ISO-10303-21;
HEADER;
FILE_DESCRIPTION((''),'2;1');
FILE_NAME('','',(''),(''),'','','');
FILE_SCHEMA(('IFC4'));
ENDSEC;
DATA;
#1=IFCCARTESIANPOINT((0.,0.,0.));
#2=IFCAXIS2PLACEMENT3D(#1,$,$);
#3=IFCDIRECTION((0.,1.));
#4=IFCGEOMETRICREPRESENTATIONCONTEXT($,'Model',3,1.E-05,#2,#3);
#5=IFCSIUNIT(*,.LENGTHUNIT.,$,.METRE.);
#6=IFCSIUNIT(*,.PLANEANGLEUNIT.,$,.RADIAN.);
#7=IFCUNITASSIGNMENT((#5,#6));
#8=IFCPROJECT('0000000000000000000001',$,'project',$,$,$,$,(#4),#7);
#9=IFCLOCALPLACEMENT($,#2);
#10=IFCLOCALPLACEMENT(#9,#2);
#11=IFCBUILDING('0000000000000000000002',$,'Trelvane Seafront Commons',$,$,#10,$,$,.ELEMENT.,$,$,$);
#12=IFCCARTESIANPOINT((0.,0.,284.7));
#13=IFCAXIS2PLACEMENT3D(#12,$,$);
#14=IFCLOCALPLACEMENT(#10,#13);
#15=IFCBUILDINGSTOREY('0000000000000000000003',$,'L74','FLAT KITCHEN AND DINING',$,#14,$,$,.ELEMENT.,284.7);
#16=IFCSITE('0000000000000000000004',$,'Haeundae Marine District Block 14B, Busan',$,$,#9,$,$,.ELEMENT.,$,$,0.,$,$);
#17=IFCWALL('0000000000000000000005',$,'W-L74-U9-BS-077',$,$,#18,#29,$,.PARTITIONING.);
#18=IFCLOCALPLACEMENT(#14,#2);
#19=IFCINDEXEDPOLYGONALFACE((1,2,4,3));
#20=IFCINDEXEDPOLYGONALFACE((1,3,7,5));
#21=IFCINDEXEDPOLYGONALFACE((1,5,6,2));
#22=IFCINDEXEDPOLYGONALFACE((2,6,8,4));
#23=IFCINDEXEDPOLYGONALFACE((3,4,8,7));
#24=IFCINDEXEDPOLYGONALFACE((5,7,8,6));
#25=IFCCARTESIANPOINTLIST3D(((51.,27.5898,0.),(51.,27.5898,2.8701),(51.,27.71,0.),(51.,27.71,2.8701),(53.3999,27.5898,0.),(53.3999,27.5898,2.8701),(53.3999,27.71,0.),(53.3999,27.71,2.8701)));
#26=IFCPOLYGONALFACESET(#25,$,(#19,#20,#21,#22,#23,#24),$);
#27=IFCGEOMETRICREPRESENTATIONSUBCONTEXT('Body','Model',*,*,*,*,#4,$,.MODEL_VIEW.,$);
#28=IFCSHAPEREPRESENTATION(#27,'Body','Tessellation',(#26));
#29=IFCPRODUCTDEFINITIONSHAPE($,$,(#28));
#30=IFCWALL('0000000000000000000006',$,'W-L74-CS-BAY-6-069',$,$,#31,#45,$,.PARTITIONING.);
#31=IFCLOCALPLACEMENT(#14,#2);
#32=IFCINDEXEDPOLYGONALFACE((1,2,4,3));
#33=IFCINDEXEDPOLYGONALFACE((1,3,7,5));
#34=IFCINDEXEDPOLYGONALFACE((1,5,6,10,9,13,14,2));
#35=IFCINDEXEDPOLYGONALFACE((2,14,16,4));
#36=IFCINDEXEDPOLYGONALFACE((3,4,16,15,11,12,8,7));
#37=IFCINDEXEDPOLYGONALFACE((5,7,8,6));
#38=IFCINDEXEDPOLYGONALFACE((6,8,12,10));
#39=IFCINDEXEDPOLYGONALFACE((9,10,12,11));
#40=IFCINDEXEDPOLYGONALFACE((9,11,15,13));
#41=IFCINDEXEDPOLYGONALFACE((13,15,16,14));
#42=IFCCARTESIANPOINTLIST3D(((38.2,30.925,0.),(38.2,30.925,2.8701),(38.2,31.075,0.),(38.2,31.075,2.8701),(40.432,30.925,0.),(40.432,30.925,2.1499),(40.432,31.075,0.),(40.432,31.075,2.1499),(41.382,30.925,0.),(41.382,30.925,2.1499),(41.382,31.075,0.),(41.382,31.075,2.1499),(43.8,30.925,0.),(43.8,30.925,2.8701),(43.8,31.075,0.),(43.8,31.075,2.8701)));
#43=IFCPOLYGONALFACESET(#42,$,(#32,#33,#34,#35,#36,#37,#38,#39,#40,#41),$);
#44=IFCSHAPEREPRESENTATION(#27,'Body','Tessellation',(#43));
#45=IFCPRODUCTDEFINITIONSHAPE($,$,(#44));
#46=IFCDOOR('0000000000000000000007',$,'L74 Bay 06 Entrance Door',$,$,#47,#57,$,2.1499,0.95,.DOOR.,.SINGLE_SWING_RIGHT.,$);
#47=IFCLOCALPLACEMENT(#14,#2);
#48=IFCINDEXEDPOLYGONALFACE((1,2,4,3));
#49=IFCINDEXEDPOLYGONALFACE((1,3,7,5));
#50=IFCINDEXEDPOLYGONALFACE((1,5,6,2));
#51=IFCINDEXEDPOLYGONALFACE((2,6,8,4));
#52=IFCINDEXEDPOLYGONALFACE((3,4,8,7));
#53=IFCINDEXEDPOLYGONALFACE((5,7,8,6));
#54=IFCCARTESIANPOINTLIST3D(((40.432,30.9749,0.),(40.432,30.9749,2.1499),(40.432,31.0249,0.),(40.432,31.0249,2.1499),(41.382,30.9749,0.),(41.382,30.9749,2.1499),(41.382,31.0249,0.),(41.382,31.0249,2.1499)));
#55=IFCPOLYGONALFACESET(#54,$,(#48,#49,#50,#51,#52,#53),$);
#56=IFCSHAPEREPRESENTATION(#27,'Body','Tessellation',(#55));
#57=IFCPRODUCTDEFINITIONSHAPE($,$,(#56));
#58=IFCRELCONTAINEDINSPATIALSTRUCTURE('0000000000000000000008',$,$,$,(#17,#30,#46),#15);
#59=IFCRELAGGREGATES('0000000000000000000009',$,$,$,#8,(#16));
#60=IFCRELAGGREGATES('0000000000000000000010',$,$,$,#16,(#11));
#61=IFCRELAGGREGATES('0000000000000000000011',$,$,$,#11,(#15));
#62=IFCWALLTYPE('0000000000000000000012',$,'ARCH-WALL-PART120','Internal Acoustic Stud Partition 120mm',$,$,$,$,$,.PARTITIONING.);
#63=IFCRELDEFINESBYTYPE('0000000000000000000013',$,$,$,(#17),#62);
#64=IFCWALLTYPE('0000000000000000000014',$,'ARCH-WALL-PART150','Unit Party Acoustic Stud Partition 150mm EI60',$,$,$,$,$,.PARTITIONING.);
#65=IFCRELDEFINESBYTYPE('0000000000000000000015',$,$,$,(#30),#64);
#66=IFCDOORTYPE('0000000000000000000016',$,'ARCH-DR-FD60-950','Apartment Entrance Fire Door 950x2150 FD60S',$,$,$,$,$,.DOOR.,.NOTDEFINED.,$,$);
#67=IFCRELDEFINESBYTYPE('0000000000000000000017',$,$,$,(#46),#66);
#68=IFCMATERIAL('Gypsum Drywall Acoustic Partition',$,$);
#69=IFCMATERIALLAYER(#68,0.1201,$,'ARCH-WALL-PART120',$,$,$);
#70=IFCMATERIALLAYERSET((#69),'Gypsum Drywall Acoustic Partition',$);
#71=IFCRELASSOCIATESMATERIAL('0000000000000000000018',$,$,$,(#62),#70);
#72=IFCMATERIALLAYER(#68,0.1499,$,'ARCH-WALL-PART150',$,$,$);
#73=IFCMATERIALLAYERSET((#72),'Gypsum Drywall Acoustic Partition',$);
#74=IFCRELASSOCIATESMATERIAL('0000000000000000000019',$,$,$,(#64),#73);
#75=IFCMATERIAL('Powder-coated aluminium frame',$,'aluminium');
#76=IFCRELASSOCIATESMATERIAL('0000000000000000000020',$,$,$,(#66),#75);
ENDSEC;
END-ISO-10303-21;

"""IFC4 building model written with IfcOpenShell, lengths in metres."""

from ifc_helpers import new_model, si_unit, direction, frame, frame_2d, origin, place, context, subcontext, project, spatial, rectangle, extrude, source, transform, mapped, material, layer, layer_set, type_object, element, fill, save


model = new_model("IFC4")

# Units and contexts
model_context = context("Model", 3, precision=1e-05, world=origin(), true_north=direction((0.0, 1.0)))
body_context = subcontext(model_context, "Body", "Model", "MODEL_VIEW")
ifc_project = project(units=[si_unit("LENGTHUNIT", "METRE"), si_unit("PLANEANGLEUNIT", "RADIAN")], contexts=[model_context])

# Site, building, storey
site_placement = place(None, origin())
site = spatial("IfcSite", under=ifc_project, at=site_placement, Name="Haeundae Marine District Block 14B, Busan", CompositionType="ELEMENT", RefElevation=0.0)
building_placement = place(site_placement, origin())
building = spatial("IfcBuilding", under=site, at=building_placement, Name="Trelvane Seafront Commons", CompositionType="ELEMENT")
storey_placement = place(building_placement, frame((0.0, 0.0, 284.7)))
storey = spatial("IfcBuildingStorey", under=building, at=storey_placement, Name="L74", Description="FLAT KITCHEN AND DINING", CompositionType="ELEMENT", Elevation=284.7)

# Shared definitions
ifc_material_1 = material(Name="Gypsum Drywall Acoustic Partition")
ifc_layer_1 = layer(ifc_material_1, 0.1201, Name="ARCH-WALL-PART120")
ifc_layer_set_1 = layer_set([ifc_layer_1], Name="Gypsum Drywall Acoustic Partition")
wall_type_1 = type_object("IfcWallType", Name="ARCH-WALL-PART120", Description="Internal Acoustic Stud Partition 120mm", PredefinedType="PARTITIONING", material=ifc_layer_set_1)
shared_shape_1 = source(origin(), body_context, "Body", "SweptSolid", [
    extrude(rectangle(XDim=0.95, YDim=2.1499, at=frame_2d((0.4751, 1.075))), frame((0.0, 0.0249, 0.0), z_axis=(0.0, -1.0, 0.0), x_axis=(1.0, 0.0, 0.0)), (0.0, 0.0, 1.0), 0.05),
])

# Wall
wall_1_placement = place(storey_placement, frame((51.0, 27.6499, 0.0), z_axis=(0.0, 0.0, 1.0), x_axis=(1.0, 0.0, 0.0)))
element("IfcWall", 1, at=wall_1_placement, inside=storey, type_object=wall_type_1, Name="W-L74-U9-BS-077", PredefinedType="PARTITIONING", context=body_context, shape_type="SweptSolid", body=[
    extrude(rectangle(XDim=2.3999, YDim=0.1201, at=frame_2d((1.2, 0.0))), origin(), (0.0, 0.0, 1.0), 2.8701),
])

# Wall, opening, door
ifc_layer_2 = layer(ifc_material_1, 0.1499, Name="ARCH-WALL-PART150")
ifc_layer_set_2 = layer_set([ifc_layer_2], Name="Gypsum Drywall Acoustic Partition")
wall_type_2 = type_object("IfcWallType", Name="ARCH-WALL-PART150", Description="Unit Party Acoustic Stud Partition 150mm EI60", PredefinedType="PARTITIONING", material=ifc_layer_set_2)
wall_2_placement = place(storey_placement, frame((38.2, 31.0, 0.0), z_axis=(0.0, 0.0, 1.0), x_axis=(1.0, 0.0, 0.0)))
wall_2 = element("IfcWall", 2, at=wall_2_placement, inside=storey, type_object=wall_type_2, Name="W-L74-CS-BAY-6-069", PredefinedType="PARTITIONING", context=body_context, shape_type="SweptSolid", body=[
    extrude(rectangle(XDim=5.6001, YDim=0.1499, at=frame_2d((2.8, 0.0))), origin(), (0.0, 0.0, 1.0), 2.8701),
])
opening_1_placement = place(wall_2_placement, frame((2.2319, 0.0, 0.0)))
opening_1 = element("IfcOpeningElement", 3, at=opening_1_placement, cuts=wall_2, PredefinedType="OPENING", context=body_context, shape_type="SweptSolid", body=[
    extrude(rectangle(XDim=0.95, YDim=2.1499, at=frame_2d((0.4751, 1.075))), frame((0.0, 0.085, 0.0), z_axis=(0.0, -1.0, 0.0), x_axis=(1.0, 0.0, 0.0)), (0.0, 0.0, 1.0), 0.1699),
])
ifc_material_2 = material(Name="Powder-coated aluminium frame", Category="aluminium")
door_type_1 = type_object("IfcDoorType", Name="ARCH-DR-FD60-950", Description="Apartment Entrance Fire Door 950x2150 FD60S", OperationType="NOTDEFINED", PredefinedType="DOOR", material=ifc_material_2)
door_1_placement = place(opening_1_placement, origin())
door_1 = element("IfcDoor", 4, at=door_1_placement, inside=storey, type_object=door_type_1, Name="L74 Bay 06 Entrance Door", OperationType="SINGLE_SWING_RIGHT", OverallHeight=2.1499, OverallWidth=0.95, PredefinedType="DOOR", context=body_context, shape_type="MappedRepresentation", body=[
    mapped(shared_shape_1, transform((0.0, 0.0, 0.0), x_axis=(1.0, 0.0, 0.0), y_axis=(0.0, 1.0, 0.0), z_axis=(0.0, 0.0, 1.0), scale=1.0)),
])
fill(opening_1, door_1)

save(model, "model.ifc")
